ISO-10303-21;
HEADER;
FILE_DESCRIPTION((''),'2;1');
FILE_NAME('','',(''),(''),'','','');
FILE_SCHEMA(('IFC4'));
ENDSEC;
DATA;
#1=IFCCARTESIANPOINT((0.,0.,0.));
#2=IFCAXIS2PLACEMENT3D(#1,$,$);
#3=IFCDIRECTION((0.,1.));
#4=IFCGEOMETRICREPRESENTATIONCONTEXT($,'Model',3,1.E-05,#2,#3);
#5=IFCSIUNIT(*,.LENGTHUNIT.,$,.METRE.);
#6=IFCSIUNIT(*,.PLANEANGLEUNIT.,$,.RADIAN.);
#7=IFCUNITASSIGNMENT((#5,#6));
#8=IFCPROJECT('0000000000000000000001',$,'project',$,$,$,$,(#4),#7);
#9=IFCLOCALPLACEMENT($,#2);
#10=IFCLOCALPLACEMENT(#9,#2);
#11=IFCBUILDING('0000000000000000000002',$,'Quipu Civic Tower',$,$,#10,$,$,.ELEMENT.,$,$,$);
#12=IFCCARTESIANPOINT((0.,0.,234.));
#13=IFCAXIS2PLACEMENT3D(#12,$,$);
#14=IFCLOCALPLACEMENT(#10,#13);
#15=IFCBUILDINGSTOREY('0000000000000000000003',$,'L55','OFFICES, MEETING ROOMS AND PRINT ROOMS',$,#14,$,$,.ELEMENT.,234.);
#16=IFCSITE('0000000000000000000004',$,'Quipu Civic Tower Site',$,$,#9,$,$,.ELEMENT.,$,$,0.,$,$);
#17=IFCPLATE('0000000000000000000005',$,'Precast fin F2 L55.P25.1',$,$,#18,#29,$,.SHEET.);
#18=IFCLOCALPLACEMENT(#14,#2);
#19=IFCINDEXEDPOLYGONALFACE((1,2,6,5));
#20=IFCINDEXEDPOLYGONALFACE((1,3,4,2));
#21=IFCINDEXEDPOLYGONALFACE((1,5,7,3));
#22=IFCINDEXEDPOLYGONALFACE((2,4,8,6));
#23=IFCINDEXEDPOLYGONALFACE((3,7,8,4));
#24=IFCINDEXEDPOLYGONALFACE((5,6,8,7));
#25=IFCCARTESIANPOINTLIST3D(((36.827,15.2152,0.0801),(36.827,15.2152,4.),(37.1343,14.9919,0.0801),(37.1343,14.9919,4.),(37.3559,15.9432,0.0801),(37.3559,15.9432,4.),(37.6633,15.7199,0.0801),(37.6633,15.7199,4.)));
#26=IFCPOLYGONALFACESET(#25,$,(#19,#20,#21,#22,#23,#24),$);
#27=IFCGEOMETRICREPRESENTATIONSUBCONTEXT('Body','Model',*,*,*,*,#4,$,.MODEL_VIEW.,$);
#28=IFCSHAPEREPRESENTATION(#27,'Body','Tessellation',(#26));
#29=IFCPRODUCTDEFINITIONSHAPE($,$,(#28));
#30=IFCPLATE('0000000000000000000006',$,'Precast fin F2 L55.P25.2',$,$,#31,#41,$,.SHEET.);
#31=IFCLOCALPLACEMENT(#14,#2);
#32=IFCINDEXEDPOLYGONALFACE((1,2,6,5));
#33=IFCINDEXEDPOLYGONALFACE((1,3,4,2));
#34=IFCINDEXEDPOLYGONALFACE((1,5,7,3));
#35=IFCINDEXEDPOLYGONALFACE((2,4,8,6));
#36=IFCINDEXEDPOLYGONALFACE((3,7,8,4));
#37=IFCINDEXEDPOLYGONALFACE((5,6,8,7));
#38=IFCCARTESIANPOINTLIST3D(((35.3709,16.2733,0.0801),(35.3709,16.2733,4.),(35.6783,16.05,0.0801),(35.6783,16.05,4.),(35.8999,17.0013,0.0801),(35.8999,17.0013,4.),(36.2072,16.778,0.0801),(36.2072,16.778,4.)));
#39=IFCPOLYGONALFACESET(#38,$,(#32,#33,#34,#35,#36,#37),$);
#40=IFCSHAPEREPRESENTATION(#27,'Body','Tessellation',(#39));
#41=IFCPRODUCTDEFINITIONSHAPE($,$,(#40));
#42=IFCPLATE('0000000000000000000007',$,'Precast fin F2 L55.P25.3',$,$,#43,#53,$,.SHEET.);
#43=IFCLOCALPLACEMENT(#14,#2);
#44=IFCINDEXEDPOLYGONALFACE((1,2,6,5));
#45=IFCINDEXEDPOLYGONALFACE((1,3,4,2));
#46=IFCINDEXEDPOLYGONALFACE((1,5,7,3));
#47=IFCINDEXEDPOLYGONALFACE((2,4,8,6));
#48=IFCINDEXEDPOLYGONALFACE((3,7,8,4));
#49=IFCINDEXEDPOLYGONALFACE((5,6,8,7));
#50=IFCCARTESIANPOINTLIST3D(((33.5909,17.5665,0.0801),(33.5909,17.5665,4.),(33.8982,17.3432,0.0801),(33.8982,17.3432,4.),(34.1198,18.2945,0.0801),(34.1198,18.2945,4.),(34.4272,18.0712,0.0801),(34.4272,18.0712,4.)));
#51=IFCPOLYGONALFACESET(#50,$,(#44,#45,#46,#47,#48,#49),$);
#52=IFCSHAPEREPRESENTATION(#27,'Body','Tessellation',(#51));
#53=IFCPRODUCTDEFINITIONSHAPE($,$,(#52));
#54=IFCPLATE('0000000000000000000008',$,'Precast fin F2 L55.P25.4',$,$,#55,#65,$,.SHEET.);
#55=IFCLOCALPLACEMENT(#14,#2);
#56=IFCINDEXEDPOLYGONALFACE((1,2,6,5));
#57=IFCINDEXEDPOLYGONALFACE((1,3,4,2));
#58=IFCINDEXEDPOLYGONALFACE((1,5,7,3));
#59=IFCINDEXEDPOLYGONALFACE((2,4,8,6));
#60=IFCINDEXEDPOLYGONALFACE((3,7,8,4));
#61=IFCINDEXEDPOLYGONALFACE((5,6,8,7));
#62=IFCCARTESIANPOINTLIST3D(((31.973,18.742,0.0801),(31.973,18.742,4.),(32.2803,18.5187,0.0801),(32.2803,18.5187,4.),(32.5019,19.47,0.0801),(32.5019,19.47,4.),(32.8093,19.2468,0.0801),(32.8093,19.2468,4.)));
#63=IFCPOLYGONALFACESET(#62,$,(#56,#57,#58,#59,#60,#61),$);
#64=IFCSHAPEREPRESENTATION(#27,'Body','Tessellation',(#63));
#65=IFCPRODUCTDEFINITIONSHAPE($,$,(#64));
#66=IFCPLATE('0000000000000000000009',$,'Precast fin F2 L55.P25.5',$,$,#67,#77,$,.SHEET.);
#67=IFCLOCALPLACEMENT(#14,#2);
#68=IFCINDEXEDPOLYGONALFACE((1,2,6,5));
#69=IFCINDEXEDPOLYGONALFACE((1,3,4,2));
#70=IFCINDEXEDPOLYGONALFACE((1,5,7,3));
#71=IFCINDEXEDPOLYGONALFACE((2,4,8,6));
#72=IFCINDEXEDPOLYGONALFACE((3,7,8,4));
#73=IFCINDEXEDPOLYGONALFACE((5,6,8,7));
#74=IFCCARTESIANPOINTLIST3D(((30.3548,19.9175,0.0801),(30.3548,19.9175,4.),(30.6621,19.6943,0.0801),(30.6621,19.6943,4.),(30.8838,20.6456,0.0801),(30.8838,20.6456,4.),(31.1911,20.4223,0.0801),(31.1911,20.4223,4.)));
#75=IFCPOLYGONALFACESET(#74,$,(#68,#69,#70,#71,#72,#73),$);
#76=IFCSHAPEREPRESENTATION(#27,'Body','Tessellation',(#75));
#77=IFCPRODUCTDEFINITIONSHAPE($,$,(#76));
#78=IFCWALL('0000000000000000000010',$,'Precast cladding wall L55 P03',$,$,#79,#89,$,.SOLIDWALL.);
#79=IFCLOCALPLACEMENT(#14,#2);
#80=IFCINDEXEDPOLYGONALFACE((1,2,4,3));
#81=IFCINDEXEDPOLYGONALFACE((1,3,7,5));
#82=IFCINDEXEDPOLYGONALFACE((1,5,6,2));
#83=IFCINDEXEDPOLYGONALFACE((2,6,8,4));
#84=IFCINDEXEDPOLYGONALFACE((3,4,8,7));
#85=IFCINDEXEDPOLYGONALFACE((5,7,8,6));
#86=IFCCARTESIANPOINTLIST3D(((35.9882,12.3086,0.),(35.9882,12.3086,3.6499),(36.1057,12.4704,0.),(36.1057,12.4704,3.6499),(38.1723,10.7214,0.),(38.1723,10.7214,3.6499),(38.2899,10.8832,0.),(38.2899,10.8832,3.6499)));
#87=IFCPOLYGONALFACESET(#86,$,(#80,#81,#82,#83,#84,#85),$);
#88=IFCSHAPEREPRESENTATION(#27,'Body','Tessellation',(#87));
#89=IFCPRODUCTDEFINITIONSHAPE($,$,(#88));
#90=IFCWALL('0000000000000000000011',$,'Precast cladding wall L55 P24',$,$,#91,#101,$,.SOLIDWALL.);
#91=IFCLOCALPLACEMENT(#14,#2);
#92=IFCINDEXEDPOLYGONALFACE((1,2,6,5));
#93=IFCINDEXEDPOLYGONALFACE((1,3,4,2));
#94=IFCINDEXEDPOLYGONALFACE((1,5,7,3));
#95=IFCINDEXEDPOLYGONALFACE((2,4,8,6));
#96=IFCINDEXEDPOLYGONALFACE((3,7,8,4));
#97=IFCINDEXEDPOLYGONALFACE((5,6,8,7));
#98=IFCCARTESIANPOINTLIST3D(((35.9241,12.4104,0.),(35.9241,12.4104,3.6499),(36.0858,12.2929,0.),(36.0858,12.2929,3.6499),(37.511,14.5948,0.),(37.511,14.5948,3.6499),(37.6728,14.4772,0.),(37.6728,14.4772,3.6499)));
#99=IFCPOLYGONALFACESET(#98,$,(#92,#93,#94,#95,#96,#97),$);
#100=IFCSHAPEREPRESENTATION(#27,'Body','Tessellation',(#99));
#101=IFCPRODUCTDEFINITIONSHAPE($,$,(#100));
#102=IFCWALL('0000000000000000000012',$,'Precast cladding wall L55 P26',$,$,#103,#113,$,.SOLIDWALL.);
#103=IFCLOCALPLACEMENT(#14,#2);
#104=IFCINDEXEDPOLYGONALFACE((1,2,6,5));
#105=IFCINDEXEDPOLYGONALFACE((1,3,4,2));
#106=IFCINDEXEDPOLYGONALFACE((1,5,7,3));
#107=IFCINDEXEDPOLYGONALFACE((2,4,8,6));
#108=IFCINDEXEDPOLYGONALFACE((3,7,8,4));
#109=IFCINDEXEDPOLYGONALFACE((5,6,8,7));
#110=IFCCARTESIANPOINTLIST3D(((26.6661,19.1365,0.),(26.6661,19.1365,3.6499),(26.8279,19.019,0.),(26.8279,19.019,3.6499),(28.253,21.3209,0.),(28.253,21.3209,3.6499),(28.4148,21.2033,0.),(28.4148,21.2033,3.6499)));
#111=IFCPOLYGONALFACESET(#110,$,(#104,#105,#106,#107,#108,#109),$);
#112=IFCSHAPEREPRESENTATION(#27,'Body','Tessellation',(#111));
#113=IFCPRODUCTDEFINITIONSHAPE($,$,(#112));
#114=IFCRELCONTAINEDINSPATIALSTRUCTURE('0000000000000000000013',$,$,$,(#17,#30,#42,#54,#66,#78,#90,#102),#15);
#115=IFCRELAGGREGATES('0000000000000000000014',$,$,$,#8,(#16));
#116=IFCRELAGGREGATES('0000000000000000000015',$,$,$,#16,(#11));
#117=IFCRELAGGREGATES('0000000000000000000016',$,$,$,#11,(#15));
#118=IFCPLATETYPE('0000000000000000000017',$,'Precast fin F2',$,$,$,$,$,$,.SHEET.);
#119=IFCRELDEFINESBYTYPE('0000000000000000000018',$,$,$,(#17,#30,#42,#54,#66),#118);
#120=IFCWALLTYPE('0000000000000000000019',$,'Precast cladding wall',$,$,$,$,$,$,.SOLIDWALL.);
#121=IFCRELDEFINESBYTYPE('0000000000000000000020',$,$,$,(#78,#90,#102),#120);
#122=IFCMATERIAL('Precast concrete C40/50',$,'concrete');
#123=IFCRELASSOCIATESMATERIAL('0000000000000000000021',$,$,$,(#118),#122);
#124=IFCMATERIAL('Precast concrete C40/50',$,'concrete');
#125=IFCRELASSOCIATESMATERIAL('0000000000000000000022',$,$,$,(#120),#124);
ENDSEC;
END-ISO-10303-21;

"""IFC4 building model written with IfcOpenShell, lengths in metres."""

from ifc_helpers import new_model, si_unit, direction, frame, frame_2d, origin, origin_2d, place, context, subcontext, project, spatial, rectangle, extrude, material, type_object, element, save


model = new_model("IFC4")

# Units and contexts
model_context = context("Model", 3, precision=1e-05, world=origin(), true_north=direction((0.0, 1.0)))
body_context = subcontext(model_context, "Body", "Model", "MODEL_VIEW")
ifc_project = project(units=[si_unit("LENGTHUNIT", "METRE"), si_unit("PLANEANGLEUNIT", "RADIAN")], contexts=[model_context])

# Site, building, storey
site_placement = place(None, origin())
site = spatial("IfcSite", under=ifc_project, at=site_placement, Name="Quipu Civic Tower Site", CompositionType="ELEMENT", RefElevation=0.0)
building_placement = place(site_placement, origin())
building = spatial("IfcBuilding", under=site, at=building_placement, Name="Quipu Civic Tower", CompositionType="ELEMENT")
storey_placement = place(building_placement, frame((0.0, 0.0, 234.0)))
storey = spatial("IfcBuildingStorey", under=building, at=storey_placement, Name="L55", Description="OFFICES, MEETING ROOMS AND PRINT ROOMS", CompositionType="ELEMENT", Elevation=234.0)

# Plates
ifc_material_1 = material(Name="Precast concrete C40/50", Category="concrete")
plate_type_1 = type_object("IfcPlateType", Name="Precast fin F2", PredefinedType="SHEET", material=ifc_material_1)
for number, where, z_axis, x_axis, name in (
    (1, (37.2451, 15.4675, 0.0801), (0.0, 0.0, 1.0), (-0.809017, 0.587785, 0.0), "Precast fin F2 L55.P25.1"),
    (2, (35.7891, 16.5256, 0.0801), (0.0, 0.0, 1.0), (-0.809017, 0.587785, 0.0), "Precast fin F2 L55.P25.2"),
    (3, (34.009, 17.8188, 0.0801), (0.0, 0.0, 1.0), (-0.809017, 0.587785, 0.0), "Precast fin F2 L55.P25.3"),
    (4, (32.3911, 18.9944, 0.0801), (0.0, 0.0, 1.0), (-0.809017, 0.587785, 0.0), "Precast fin F2 L55.P25.4"),
    (5, (30.7729, 20.1699, 0.0801), (0.0, 0.0, 1.0), (-0.809017, 0.587785, 0.0), "Precast fin F2 L55.P25.5"),
):
    element("IfcPlate", number, at=place(storey_placement, frame(where, z_axis=z_axis, x_axis=x_axis)), inside=storey, type_object=plate_type_1, Name=name, PredefinedType="SHEET", context=body_context, shape_type="SweptSolid", body=[
        extrude(rectangle(XDim=0.3799, YDim=0.8999, at=origin_2d()), origin(), (0.0, 0.0, 1.0), 3.9199),
    ])

# Walls
ifc_material_2 = material(Name="Precast concrete C40/50", Category="concrete")
wall_type = type_object("IfcWallType", Name="Precast cladding wall", PredefinedType="SOLIDWALL", material=ifc_material_2)
for number, where, z_axis, x_axis, name in (
    (6, (38.2312, 10.8022, 0.0), (0.0, 0.0, 1.0), (-0.808959, 0.587865, 0.0), "Precast cladding wall L55 P03"),
    (7, (36.0049, 12.3516, 0.0), (0.0, 0.0, 1.0), (0.587763, 0.809033, 0.0), "Precast cladding wall L55 P24"),
    (8, (28.334, 21.2622, 0.0), (0.0, 0.0, 1.0), (-0.587763, -0.809033, 0.0), "Precast cladding wall L55 P26"),
):
    element("IfcWall", number, at=place(storey_placement, frame(where, z_axis=z_axis, x_axis=x_axis)), inside=storey, type_object=wall_type, Name=name, PredefinedType="SOLIDWALL", context=body_context, shape_type="SweptSolid", body=[
        extrude(rectangle(XDim=2.7, YDim=0.2, at=frame_2d((1.3501, 0.0))), origin(), (0.0, 0.0, 1.0), 3.6499),
    ])

save(model, "model.ifc")
